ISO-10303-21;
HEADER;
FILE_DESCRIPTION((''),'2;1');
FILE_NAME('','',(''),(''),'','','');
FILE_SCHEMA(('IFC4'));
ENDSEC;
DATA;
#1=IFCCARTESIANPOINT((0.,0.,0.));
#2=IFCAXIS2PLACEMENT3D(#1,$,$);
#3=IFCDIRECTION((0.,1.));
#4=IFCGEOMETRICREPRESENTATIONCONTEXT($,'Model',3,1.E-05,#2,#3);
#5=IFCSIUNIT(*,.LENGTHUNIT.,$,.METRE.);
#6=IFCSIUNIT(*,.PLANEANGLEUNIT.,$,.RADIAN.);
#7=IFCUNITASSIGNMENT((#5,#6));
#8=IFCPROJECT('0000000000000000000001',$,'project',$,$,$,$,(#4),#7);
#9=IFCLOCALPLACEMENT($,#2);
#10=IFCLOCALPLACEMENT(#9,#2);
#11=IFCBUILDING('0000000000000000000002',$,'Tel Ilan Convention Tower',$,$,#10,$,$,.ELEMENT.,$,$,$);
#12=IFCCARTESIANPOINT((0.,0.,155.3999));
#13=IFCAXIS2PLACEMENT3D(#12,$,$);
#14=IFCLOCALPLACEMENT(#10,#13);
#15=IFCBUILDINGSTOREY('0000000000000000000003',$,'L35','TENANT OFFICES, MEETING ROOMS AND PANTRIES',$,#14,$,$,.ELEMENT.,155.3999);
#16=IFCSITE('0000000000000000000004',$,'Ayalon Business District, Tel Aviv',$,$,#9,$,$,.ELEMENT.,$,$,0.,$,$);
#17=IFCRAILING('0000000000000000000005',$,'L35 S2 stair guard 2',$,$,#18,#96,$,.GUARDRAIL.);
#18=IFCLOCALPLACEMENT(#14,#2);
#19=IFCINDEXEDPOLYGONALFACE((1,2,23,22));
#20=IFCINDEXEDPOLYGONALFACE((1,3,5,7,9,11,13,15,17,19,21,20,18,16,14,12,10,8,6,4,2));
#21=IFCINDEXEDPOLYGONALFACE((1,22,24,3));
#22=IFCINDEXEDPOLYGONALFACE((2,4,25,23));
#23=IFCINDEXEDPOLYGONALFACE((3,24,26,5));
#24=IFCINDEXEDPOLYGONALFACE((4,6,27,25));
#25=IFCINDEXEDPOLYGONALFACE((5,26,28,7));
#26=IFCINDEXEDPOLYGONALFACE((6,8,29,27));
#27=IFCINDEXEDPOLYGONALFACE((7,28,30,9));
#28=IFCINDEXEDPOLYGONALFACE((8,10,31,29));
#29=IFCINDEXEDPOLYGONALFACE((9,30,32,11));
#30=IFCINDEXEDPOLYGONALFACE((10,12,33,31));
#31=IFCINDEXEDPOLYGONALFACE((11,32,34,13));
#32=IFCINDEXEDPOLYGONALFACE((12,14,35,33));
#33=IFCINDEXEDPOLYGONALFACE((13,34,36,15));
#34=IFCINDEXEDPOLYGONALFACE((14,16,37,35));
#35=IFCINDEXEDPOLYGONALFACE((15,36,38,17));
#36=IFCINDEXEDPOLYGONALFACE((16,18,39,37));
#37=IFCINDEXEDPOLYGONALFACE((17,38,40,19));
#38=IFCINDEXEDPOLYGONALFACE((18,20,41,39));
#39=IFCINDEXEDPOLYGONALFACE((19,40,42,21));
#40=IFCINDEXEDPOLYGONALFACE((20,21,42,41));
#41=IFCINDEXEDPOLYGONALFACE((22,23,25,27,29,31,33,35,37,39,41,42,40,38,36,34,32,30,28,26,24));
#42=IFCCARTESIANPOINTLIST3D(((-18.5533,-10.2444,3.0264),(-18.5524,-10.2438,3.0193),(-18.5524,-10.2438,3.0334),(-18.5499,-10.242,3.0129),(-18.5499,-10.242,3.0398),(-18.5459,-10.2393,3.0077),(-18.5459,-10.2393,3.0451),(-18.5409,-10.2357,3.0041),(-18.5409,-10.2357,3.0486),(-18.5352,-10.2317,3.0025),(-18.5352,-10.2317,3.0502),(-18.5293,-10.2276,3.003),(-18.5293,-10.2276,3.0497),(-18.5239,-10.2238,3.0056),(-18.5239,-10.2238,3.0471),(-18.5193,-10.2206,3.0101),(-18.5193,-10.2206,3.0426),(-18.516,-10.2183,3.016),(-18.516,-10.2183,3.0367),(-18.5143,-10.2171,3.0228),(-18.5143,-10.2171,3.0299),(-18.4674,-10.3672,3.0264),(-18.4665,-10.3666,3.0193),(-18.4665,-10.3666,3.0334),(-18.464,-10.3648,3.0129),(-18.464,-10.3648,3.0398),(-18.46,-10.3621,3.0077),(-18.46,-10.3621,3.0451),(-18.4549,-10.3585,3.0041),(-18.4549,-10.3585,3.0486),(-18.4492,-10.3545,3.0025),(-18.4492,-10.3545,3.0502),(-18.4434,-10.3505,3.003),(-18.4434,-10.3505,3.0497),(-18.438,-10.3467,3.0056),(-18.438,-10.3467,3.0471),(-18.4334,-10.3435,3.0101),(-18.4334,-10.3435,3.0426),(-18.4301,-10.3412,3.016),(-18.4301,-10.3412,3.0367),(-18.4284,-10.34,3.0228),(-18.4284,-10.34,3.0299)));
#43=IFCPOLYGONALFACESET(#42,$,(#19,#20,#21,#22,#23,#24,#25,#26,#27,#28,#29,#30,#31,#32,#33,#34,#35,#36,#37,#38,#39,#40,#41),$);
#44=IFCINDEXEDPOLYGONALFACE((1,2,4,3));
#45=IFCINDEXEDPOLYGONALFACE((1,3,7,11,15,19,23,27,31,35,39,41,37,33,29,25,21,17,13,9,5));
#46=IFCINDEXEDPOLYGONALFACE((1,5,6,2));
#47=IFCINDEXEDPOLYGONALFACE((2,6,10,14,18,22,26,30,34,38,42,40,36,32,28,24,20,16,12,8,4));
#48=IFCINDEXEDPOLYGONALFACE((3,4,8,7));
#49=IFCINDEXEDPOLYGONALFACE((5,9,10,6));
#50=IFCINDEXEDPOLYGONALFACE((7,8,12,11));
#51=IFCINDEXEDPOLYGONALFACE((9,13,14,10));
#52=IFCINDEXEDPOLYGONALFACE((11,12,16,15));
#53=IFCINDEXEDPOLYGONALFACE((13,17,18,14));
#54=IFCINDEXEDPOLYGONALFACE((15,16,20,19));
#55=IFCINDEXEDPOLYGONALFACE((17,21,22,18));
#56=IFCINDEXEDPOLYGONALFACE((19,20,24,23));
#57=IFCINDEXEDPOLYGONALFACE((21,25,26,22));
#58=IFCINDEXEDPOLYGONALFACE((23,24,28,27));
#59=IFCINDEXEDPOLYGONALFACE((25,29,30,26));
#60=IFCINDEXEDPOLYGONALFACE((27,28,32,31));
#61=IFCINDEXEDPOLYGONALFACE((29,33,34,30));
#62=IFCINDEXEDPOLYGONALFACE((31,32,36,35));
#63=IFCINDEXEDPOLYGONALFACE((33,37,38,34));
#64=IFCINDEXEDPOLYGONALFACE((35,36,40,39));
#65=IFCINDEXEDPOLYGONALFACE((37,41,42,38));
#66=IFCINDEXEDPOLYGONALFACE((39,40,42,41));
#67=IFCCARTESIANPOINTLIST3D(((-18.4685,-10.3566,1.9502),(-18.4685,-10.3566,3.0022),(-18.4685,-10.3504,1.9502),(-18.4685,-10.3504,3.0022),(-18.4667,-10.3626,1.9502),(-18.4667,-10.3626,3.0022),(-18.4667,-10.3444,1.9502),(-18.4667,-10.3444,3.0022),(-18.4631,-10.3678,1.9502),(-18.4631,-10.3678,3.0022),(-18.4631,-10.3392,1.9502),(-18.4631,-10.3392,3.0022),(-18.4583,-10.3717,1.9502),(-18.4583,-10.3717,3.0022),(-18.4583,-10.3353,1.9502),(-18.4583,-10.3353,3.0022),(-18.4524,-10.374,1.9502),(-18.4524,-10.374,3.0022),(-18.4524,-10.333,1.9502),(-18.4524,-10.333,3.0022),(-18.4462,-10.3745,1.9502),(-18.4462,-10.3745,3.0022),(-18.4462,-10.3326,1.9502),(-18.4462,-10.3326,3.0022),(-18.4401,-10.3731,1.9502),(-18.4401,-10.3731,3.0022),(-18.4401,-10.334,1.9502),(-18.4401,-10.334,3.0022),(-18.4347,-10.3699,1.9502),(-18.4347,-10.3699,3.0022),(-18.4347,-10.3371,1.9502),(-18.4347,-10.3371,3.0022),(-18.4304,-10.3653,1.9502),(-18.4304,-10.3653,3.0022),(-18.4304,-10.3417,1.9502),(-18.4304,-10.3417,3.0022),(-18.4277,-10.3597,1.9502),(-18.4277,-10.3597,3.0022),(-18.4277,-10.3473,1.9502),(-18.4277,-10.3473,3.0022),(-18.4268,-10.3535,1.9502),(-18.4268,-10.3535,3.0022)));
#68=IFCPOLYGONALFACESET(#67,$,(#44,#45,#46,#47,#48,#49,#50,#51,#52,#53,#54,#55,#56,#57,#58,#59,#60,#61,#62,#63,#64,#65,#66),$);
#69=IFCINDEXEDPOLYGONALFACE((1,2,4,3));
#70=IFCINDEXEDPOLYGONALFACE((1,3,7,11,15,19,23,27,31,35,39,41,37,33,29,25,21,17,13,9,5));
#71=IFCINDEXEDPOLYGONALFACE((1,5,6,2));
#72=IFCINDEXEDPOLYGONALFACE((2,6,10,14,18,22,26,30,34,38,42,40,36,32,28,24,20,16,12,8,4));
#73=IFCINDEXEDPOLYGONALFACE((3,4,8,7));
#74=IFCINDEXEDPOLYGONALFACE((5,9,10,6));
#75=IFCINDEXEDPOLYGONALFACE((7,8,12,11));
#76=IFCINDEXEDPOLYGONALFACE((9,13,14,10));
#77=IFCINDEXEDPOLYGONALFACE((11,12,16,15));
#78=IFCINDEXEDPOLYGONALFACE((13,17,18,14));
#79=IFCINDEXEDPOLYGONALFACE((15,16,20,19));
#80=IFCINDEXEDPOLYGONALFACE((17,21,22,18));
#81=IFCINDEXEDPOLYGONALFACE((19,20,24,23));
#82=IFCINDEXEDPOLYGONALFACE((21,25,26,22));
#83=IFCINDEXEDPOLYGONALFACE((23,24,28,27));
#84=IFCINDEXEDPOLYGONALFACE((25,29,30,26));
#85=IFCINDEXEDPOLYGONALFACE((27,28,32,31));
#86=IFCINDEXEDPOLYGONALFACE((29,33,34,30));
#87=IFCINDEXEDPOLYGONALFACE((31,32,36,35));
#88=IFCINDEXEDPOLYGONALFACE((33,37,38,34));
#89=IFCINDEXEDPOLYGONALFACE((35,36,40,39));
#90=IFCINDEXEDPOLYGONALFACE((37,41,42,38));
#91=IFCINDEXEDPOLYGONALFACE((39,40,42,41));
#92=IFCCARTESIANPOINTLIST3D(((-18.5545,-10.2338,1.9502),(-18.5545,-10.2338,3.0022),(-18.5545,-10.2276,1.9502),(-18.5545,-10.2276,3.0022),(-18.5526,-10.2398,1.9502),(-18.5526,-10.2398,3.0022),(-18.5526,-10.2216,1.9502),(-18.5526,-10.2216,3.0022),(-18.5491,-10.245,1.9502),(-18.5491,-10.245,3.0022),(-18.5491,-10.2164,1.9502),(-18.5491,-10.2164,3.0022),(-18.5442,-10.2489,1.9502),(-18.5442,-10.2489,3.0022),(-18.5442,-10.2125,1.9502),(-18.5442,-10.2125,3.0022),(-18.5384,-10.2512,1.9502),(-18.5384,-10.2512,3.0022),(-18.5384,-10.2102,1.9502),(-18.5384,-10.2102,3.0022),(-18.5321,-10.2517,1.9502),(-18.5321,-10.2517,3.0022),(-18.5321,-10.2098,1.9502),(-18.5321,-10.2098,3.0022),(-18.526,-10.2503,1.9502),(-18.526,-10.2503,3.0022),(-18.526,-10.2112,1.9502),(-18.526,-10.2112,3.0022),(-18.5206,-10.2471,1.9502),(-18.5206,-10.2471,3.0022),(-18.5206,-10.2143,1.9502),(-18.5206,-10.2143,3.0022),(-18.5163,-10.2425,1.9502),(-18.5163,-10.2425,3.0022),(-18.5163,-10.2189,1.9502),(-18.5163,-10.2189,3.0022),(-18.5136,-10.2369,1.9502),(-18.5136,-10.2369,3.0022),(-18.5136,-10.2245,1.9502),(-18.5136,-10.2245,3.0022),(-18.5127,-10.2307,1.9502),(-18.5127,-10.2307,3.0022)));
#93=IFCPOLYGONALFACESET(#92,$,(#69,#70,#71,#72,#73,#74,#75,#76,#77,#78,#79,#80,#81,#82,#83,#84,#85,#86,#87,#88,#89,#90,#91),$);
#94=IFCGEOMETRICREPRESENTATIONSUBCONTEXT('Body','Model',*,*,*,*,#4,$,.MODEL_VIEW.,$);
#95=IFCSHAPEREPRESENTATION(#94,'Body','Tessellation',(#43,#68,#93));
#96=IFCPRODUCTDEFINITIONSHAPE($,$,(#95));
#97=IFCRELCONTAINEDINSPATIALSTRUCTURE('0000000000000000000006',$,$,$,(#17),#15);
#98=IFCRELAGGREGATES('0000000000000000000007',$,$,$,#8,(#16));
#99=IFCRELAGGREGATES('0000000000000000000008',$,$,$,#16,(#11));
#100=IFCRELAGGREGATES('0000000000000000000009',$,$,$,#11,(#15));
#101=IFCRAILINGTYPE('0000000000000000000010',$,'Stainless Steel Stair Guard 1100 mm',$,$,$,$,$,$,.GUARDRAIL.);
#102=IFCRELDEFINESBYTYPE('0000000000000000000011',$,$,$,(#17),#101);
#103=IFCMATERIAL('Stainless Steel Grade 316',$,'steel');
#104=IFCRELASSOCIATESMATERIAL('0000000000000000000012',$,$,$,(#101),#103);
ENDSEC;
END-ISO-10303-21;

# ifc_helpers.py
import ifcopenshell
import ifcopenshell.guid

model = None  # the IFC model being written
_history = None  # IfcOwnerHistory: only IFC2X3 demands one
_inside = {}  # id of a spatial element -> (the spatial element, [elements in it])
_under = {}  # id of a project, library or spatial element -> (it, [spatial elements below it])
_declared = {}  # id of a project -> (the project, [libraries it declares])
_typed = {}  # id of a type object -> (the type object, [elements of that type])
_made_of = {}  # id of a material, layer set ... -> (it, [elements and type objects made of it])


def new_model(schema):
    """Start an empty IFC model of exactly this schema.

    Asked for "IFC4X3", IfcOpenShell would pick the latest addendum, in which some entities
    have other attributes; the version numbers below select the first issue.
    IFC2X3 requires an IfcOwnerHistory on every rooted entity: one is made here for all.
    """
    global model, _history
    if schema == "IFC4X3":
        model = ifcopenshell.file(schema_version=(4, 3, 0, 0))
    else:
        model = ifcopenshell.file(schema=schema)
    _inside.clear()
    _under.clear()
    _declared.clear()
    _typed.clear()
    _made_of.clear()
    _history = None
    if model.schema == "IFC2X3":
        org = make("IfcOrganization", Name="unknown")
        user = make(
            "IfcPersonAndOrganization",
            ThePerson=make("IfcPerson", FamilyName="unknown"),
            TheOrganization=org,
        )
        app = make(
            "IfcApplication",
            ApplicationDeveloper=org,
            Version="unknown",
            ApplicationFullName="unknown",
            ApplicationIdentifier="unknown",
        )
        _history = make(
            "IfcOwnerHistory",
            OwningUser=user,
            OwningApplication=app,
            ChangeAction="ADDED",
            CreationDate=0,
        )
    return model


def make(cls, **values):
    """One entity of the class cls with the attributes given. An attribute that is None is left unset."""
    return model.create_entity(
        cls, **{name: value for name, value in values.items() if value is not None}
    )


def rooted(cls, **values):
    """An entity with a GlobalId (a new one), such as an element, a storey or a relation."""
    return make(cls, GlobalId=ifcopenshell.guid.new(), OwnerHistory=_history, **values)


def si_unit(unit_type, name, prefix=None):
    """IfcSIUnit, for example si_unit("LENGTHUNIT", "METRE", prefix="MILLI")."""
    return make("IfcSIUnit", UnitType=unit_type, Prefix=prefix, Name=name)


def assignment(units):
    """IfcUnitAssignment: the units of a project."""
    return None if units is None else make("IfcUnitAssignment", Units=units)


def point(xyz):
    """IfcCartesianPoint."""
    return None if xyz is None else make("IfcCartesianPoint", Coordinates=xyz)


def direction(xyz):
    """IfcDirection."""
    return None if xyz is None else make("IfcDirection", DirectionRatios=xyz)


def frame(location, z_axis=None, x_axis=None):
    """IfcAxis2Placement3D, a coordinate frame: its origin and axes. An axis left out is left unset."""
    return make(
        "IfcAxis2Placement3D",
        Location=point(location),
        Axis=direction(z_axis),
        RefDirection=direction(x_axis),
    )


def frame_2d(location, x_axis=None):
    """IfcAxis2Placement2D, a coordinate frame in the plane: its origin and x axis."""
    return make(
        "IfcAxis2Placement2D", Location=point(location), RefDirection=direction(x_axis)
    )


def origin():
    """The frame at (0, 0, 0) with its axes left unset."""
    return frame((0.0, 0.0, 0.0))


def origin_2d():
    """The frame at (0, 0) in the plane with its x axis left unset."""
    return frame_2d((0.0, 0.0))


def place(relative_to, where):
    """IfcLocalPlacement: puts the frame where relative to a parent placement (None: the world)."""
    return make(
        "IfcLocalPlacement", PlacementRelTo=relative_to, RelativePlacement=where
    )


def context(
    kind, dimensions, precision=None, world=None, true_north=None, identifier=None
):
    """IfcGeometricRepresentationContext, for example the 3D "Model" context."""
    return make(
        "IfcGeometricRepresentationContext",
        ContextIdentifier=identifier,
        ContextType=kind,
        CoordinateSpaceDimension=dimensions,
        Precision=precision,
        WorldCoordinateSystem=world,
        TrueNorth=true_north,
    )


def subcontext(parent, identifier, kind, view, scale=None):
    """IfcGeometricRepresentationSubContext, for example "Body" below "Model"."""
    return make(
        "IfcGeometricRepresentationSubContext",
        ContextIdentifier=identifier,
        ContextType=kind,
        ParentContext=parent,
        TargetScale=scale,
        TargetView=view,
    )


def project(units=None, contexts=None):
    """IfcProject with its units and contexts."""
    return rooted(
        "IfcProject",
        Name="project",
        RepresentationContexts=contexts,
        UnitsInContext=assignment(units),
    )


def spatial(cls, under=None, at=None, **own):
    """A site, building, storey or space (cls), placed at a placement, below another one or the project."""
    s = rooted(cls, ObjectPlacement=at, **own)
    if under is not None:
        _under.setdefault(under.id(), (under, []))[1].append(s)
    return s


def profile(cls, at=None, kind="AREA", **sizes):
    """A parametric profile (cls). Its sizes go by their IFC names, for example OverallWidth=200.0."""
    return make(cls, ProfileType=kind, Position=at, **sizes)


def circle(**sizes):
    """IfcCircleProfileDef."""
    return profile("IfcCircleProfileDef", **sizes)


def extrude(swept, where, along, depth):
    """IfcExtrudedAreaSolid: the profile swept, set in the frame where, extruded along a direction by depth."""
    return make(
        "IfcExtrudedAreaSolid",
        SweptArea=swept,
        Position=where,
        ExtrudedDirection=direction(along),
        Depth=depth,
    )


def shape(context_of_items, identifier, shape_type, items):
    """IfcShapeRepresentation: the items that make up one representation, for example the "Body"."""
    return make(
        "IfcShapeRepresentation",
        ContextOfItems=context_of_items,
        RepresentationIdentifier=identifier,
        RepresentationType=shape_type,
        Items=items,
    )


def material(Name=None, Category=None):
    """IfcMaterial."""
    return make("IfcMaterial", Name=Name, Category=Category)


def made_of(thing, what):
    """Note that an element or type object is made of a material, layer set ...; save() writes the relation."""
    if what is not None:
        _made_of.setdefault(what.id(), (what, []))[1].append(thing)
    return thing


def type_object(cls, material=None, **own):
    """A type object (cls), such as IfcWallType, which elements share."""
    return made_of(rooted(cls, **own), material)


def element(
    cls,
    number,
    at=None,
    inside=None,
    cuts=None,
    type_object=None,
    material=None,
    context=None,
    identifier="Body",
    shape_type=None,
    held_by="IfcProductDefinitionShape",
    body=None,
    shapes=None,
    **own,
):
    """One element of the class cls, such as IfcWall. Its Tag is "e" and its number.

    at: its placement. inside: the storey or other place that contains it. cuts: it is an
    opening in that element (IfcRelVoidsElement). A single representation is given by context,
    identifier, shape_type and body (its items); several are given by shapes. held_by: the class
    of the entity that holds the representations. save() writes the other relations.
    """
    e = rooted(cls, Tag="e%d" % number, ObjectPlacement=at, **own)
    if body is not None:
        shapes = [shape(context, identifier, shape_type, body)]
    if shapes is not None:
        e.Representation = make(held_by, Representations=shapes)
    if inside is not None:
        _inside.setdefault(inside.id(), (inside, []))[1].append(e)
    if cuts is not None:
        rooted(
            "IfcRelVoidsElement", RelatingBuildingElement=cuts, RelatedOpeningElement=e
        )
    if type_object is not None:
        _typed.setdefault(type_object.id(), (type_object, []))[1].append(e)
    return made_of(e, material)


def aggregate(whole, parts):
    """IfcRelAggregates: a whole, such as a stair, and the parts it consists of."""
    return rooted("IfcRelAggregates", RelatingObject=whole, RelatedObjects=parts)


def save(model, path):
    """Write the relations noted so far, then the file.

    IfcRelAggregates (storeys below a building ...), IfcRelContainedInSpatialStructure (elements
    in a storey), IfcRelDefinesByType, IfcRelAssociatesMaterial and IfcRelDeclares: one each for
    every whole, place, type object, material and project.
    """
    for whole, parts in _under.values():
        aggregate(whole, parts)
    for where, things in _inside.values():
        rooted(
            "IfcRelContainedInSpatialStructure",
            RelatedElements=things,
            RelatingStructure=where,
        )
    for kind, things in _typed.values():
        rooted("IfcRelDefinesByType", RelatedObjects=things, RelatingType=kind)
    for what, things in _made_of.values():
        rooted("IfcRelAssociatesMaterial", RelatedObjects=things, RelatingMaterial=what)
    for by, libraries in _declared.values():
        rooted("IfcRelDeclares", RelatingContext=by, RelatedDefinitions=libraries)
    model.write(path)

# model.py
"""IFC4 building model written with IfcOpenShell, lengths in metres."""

from ifc_helpers import new_model, si_unit, direction, frame, origin, origin_2d, place, context, subcontext, project, spatial, circle, extrude, material, type_object, element, save


model = new_model("IFC4")

# Units and contexts
model_context = context("Model", 3, precision=1e-05, world=origin(), true_north=direction((0.0, 1.0)))
body_context = subcontext(model_context, "Body", "Model", "MODEL_VIEW")
ifc_project = project(units=[si_unit("LENGTHUNIT", "METRE"), si_unit("PLANEANGLEUNIT", "RADIAN")], contexts=[model_context])

# Site, building, storey
site_placement = place(None, origin())
site = spatial("IfcSite", under=ifc_project, at=site_placement, Name="Ayalon Business District, Tel Aviv", CompositionType="ELEMENT", RefElevation=0.0)
building_placement = place(site_placement, origin())
building = spatial("IfcBuilding", under=site, at=building_placement, Name="Tel Ilan Convention Tower", CompositionType="ELEMENT")
storey_placement = place(building_placement, frame((0.0, 0.0, 155.3999)))
storey = spatial("IfcBuildingStorey", under=building, at=storey_placement, Name="L35", Description="TENANT OFFICES, MEETING ROOMS AND PANTRIES", CompositionType="ELEMENT", Elevation=155.3999)

# Railing
ifc_material_1 = material(Name="Stainless Steel Grade 316", Category="steel")
railing_type_1 = type_object("IfcRailingType", Name="Stainless Steel Stair Guard 1100 mm", PredefinedType="GUARDRAIL", material=ifc_material_1)
railing_1_placement = place(storey_placement, frame((-18.4478, -10.3535, 1.9502)))
element("IfcRailing", 1, at=railing_1_placement, inside=storey, type_object=railing_type_1, Name="L35 S2 stair guard 2", PredefinedType="GUARDRAIL", context=body_context, shape_type="SweptSolid", body=[
    extrude(circle(Radius=0.0239, at=origin_2d()), frame((0.0, 0.0, 1.0762), z_axis=(-0.573353, 0.819308, 0.0), x_axis=(-0.819308, -0.573353, 0.0)), (0.0, 0.0, 1.0), 0.1499),
    extrude(circle(Radius=0.021, at=origin_2d()), origin(), (0.0, 0.0, 1.0), 1.052),
    extrude(circle(Radius=0.021, at=origin_2d()), frame((-0.0859, 0.1228, 0.0)), (0.0, 0.0, 1.0), 1.052),
])

save(model, "model.ifc")
